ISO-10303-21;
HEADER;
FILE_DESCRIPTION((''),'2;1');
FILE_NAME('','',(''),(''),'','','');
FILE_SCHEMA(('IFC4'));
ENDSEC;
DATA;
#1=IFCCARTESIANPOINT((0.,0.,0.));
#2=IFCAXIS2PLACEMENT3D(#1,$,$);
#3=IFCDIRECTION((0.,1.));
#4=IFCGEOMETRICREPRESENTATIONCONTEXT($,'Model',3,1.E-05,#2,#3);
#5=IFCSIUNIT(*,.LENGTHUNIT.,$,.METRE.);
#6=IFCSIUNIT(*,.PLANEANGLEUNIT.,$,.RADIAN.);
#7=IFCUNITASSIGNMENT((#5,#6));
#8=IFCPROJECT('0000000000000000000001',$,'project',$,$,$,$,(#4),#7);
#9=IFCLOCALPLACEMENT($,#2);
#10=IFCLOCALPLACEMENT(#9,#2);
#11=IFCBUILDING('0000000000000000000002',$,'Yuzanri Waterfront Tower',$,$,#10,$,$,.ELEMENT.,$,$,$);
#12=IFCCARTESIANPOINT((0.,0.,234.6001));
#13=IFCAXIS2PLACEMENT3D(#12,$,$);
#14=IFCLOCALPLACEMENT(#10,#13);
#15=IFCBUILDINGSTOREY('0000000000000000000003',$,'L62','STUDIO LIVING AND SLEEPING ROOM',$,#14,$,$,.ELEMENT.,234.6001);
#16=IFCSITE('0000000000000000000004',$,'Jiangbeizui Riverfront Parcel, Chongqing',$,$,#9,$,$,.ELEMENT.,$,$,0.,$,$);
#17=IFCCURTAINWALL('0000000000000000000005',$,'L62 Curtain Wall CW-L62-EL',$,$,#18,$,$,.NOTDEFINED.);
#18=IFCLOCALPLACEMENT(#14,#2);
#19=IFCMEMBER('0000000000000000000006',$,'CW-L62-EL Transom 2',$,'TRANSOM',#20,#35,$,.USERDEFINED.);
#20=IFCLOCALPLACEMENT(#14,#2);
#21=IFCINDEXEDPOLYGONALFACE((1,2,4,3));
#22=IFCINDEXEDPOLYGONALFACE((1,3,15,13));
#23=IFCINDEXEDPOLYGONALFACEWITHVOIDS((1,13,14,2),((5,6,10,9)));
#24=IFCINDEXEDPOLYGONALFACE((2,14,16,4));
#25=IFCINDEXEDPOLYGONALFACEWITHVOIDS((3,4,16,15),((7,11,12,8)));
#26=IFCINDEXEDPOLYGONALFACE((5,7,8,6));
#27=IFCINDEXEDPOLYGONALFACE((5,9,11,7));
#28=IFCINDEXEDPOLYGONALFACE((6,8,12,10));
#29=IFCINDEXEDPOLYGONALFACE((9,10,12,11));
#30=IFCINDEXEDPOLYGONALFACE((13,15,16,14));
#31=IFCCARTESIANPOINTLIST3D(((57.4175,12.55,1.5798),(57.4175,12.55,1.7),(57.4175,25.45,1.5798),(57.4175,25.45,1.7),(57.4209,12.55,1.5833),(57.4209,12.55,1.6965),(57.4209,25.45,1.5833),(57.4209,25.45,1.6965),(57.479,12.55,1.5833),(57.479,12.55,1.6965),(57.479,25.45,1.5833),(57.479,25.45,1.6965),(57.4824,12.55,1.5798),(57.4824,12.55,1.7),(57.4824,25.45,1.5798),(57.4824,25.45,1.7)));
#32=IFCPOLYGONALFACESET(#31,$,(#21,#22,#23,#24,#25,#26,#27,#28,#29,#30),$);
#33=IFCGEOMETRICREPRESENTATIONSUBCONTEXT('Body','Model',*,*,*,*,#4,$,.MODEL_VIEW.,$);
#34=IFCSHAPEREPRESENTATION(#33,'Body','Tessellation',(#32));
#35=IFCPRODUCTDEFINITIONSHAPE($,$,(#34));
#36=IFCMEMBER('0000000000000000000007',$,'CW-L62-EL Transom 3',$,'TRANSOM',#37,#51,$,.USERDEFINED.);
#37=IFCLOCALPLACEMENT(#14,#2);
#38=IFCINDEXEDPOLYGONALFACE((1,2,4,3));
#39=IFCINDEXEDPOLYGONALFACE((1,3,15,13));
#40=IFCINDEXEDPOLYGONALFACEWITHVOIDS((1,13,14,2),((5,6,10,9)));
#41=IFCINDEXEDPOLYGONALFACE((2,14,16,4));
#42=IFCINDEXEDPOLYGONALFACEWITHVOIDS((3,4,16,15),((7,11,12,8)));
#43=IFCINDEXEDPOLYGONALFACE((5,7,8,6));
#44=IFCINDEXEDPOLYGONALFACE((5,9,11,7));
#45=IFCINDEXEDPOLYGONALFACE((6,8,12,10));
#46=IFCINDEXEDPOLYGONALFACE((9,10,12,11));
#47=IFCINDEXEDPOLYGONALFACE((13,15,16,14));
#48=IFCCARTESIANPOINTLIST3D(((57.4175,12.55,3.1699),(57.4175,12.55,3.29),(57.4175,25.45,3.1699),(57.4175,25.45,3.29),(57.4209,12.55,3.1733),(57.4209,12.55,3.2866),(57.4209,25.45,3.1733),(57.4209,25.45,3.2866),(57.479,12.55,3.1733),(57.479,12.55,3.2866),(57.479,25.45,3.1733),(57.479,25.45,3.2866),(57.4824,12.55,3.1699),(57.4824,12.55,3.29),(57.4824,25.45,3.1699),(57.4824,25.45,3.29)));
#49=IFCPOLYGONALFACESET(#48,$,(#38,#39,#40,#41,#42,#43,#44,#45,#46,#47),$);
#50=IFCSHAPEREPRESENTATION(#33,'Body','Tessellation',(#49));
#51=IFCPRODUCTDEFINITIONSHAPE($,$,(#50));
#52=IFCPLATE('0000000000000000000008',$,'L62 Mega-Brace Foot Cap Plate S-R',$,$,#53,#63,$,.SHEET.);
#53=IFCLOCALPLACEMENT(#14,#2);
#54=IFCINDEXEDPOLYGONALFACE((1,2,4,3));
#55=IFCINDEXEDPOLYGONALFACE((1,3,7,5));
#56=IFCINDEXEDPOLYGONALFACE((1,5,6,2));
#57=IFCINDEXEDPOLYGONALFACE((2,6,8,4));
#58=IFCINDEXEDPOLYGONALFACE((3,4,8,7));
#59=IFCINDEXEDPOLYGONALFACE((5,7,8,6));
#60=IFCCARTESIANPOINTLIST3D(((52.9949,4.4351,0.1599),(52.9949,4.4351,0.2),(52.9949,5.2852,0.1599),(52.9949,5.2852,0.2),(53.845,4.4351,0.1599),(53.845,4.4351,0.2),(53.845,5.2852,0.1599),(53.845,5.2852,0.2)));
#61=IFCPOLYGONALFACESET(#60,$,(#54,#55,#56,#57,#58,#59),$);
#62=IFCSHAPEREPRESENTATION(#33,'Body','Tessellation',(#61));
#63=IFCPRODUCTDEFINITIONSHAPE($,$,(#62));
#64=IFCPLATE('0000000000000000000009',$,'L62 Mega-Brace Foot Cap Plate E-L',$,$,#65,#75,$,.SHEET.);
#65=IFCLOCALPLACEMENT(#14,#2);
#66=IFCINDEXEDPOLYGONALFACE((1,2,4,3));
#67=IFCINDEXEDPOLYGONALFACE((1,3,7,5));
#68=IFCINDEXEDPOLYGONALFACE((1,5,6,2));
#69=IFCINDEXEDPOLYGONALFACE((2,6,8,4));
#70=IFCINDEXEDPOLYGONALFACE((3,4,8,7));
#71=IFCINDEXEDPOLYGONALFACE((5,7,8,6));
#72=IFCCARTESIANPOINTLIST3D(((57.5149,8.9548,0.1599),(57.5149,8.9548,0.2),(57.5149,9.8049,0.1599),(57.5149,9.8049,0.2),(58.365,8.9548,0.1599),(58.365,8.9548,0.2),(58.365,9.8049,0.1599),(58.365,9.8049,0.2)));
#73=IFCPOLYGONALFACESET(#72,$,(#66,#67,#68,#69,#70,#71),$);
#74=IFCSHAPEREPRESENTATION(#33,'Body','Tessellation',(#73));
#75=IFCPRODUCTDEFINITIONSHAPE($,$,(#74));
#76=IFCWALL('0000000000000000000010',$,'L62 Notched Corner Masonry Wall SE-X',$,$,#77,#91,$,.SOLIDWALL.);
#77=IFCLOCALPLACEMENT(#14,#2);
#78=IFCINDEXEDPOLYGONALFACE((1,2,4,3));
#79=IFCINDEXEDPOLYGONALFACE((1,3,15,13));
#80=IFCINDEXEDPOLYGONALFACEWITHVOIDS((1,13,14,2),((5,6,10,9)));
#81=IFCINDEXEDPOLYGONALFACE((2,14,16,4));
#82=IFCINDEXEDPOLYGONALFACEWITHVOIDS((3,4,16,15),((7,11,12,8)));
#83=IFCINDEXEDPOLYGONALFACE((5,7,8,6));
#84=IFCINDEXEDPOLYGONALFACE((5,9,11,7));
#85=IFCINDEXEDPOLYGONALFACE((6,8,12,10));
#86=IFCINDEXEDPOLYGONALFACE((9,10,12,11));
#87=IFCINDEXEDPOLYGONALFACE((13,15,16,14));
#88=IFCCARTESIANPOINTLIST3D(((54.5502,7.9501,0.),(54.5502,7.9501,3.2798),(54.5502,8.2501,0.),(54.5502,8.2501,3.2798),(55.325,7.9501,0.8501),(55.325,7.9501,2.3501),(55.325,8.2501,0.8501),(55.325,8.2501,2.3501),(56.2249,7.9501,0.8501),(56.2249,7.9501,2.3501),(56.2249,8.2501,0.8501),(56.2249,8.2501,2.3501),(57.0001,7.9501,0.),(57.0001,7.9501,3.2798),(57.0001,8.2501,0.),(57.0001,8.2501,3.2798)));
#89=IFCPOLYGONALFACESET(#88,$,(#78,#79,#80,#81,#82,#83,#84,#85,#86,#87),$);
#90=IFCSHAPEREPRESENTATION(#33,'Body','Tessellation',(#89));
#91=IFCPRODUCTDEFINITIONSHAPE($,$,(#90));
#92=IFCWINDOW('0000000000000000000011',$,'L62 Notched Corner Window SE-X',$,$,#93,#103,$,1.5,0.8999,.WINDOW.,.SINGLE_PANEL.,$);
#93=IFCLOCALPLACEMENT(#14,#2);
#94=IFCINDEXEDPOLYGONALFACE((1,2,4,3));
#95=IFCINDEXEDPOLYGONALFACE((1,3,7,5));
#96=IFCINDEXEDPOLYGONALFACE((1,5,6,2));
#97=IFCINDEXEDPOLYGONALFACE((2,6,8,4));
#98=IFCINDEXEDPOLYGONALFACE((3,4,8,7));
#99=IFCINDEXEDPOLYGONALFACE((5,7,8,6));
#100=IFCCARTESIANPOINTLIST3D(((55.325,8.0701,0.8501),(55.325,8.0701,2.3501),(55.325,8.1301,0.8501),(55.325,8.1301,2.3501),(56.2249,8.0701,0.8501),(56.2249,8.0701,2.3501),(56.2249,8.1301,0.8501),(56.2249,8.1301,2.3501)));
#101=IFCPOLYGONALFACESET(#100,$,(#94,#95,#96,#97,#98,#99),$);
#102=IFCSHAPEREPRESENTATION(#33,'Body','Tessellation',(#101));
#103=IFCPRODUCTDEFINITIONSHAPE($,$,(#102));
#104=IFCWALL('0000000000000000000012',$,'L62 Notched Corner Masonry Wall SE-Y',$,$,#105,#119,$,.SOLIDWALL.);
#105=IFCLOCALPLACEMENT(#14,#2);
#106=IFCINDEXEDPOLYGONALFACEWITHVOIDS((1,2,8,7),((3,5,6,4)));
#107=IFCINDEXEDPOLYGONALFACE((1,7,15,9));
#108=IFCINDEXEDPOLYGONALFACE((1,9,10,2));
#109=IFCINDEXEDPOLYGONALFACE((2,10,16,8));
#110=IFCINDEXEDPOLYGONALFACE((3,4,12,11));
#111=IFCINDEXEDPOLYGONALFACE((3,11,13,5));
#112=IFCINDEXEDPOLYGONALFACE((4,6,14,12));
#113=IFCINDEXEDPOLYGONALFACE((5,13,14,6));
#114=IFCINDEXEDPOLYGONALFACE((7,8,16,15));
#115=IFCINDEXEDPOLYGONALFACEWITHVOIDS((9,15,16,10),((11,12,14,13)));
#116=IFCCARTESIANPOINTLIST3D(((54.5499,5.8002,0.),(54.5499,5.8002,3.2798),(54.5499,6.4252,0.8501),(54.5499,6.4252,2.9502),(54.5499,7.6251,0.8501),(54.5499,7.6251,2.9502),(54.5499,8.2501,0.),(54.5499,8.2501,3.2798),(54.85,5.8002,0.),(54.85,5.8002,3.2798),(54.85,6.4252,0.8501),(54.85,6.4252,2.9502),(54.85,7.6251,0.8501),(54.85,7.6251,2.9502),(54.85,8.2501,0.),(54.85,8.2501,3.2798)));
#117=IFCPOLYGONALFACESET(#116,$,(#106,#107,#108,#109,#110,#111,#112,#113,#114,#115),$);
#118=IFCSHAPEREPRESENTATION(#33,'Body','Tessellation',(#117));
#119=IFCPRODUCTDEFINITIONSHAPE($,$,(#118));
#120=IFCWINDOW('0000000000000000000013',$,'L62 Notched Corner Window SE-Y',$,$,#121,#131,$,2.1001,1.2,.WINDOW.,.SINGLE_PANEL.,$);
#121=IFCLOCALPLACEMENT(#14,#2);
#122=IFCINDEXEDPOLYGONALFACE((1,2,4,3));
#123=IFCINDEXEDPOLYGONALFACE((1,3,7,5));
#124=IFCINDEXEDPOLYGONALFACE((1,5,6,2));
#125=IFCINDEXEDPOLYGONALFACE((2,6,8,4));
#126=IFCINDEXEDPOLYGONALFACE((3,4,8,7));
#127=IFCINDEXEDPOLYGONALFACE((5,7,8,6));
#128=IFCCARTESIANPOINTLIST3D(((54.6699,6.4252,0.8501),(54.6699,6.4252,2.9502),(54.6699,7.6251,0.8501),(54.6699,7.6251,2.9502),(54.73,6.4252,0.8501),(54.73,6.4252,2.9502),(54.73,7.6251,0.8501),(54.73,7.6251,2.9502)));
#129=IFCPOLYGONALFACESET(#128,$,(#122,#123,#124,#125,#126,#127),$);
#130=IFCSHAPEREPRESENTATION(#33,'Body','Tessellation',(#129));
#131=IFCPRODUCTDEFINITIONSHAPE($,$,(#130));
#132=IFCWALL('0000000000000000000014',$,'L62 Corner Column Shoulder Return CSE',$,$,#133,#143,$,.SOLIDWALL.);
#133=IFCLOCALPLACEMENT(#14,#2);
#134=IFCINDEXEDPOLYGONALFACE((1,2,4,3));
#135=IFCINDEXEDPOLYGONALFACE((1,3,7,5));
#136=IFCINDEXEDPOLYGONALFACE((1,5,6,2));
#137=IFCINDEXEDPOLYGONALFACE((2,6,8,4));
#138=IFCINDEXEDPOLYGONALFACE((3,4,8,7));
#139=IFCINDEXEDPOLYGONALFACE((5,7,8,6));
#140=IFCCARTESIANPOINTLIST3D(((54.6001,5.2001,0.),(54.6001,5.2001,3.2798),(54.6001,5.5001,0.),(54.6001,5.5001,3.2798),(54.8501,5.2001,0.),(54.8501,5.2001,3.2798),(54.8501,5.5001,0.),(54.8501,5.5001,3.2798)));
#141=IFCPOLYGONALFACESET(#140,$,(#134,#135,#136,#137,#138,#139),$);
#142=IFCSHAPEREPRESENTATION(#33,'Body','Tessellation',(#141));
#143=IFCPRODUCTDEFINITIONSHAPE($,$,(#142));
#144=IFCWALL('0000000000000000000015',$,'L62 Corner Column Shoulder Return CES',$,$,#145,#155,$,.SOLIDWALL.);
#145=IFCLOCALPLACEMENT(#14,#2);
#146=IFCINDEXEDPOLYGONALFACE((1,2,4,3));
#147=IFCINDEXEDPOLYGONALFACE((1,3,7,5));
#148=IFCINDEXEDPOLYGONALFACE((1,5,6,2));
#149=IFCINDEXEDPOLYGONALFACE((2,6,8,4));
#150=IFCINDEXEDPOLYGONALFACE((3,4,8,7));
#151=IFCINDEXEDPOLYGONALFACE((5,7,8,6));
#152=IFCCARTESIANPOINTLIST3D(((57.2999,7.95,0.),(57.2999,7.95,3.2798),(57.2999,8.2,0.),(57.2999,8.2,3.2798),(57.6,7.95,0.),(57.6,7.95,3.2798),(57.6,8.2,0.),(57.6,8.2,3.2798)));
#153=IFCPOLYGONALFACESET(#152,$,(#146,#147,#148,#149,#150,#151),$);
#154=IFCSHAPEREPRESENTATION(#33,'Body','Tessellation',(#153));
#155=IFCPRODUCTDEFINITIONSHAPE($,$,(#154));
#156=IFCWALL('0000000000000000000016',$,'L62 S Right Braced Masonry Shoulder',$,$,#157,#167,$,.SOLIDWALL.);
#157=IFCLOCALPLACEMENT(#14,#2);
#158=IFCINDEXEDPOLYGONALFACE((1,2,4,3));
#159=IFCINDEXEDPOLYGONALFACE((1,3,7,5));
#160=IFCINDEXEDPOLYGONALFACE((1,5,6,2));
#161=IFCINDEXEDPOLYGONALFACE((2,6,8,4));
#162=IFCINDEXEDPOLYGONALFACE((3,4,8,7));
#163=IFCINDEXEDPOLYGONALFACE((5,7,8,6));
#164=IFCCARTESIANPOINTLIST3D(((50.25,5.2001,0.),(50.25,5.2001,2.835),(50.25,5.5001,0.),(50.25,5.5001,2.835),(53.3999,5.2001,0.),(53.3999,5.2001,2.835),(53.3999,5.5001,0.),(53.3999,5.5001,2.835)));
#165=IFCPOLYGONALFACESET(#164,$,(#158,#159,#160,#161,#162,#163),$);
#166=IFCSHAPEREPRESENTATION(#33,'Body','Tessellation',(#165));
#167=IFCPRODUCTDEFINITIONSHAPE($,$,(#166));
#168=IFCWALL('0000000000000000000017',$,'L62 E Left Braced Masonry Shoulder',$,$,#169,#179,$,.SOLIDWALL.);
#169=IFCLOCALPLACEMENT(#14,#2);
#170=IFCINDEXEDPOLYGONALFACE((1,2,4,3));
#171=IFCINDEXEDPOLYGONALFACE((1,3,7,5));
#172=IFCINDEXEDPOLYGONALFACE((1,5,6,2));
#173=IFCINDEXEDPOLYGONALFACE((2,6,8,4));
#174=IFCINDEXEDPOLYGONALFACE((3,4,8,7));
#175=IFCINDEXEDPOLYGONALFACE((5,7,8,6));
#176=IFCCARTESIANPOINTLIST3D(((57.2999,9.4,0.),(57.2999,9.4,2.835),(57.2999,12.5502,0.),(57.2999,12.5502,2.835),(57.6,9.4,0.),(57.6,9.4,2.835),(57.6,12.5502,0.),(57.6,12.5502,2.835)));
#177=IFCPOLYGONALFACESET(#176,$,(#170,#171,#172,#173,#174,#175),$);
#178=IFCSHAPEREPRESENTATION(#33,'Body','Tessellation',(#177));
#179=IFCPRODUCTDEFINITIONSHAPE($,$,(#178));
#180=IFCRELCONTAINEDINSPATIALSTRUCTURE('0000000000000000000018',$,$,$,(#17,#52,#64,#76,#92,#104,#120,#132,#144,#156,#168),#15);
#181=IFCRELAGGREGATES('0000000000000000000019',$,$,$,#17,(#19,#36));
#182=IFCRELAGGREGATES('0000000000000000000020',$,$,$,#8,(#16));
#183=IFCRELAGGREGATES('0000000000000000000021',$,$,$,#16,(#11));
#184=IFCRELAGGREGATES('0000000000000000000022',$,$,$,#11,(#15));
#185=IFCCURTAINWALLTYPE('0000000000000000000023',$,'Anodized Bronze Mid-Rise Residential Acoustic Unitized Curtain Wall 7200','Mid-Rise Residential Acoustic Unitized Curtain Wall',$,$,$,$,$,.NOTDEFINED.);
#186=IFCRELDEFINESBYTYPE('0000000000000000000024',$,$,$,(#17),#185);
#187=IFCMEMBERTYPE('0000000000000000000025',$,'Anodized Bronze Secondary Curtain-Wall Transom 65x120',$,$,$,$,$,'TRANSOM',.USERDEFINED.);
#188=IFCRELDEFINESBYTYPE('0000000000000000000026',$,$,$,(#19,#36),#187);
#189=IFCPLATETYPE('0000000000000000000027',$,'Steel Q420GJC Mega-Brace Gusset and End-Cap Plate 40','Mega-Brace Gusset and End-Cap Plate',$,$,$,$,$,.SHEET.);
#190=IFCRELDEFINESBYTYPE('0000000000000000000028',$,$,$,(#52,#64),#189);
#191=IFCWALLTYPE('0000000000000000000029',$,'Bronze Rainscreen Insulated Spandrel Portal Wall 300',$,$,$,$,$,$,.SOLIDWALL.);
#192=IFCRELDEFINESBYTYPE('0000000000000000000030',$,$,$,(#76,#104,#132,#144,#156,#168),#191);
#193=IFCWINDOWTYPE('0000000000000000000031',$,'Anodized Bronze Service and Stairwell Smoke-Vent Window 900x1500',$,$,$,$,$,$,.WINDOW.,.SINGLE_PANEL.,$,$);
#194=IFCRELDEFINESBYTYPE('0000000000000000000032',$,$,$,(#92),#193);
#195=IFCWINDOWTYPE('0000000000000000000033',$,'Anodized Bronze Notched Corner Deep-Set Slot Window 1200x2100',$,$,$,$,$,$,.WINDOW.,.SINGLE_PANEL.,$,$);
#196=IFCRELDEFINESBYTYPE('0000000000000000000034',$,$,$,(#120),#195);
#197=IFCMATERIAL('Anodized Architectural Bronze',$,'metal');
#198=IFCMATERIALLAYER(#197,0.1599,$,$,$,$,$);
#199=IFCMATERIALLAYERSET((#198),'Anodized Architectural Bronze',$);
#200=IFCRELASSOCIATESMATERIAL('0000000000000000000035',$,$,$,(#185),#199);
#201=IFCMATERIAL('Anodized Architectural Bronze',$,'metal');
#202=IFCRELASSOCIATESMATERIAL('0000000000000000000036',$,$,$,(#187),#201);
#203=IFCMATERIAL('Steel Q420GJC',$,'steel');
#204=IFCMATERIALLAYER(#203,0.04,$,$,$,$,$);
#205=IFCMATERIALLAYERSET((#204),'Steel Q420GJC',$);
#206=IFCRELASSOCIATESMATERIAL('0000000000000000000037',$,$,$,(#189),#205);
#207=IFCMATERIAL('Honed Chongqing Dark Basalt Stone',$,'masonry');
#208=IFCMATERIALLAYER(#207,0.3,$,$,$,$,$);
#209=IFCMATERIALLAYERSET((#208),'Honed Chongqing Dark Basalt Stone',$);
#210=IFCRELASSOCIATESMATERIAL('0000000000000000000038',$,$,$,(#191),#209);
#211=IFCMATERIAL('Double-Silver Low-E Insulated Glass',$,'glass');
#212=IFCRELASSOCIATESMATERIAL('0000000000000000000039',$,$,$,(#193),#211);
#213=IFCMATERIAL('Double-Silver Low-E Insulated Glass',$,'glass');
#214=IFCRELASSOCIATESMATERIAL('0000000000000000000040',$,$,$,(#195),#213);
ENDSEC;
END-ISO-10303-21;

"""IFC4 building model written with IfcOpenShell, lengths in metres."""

from ifc_helpers import new_model, si_unit, direction, frame, frame_2d, origin, origin_2d, place, context, subcontext, project, spatial, rectangle, hollow_rectangle, extrude, source, transform, mapped, material, layer, layer_set, material_profile, profile_set, type_object, element, fill, aggregate, save


model = new_model("IFC4")

# Units and contexts
model_context = context("Model", 3, precision=1e-05, world=origin(), true_north=direction((0.0, 1.0)))
body_context = subcontext(model_context, "Body", "Model", "MODEL_VIEW")
ifc_project = project(units=[si_unit("LENGTHUNIT", "METRE"), si_unit("PLANEANGLEUNIT", "RADIAN")], contexts=[model_context])

# Site, building, storey
site_placement = place(None, origin())
site = spatial("IfcSite", under=ifc_project, at=site_placement, Name="Jiangbeizui Riverfront Parcel, Chongqing", CompositionType="ELEMENT", RefElevation=0.0)
building_placement = place(site_placement, origin())
building = spatial("IfcBuilding", under=site, at=building_placement, Name="Yuzanri Waterfront Tower", CompositionType="ELEMENT")
storey_placement = place(building_placement, frame((0.0, 0.0, 234.6001)))
storey = spatial("IfcBuildingStorey", under=building, at=storey_placement, Name="L62", Description="STUDIO LIVING AND SLEEPING ROOM", CompositionType="ELEMENT", Elevation=234.6001)

# Curtain wall, members
ifc_material_1 = material(Name="Anodized Architectural Bronze", Category="metal")
ifc_layer_1 = layer(ifc_material_1, 0.1599)
ifc_layer_set_1 = layer_set([ifc_layer_1], Name="Anodized Architectural Bronze")
curtain_wall_type = type_object("IfcCurtainWallType", Name="Anodized Bronze Mid-Rise Residential Acoustic Unitized Curtain Wall 7200", Description="Mid-Rise Residential Acoustic Unitized Curtain Wall", PredefinedType="NOTDEFINED", material=ifc_layer_set_1)
curtain_wall_1_placement = place(storey_placement, origin())
curtain_wall_1 = element("IfcCurtainWall", 1, at=curtain_wall_1_placement, inside=storey, type_object=curtain_wall_type, Name="L62 Curtain Wall CW-L62-EL", PredefinedType="NOTDEFINED")
ifc_material_2 = material(Name="Anodized Architectural Bronze", Category="metal")
ifc_material_profile_1 = material_profile(ifc_material_2, hollow_rectangle(XDim=0.0649, YDim=0.1201, WallThickness=0.0034, at=origin_2d()), Name="CWT 65x120")
ifc_profile_set_1 = profile_set([ifc_material_profile_1], Name="Anodized Architectural Bronze")
member_type_1 = type_object("IfcMemberType", Name="Anodized Bronze Secondary Curtain-Wall Transom 65x120", ElementType="TRANSOM", PredefinedType="USERDEFINED", material=ifc_profile_set_1)
shared_shape_1 = source(origin(), body_context, "Body", "SweptSolid", [
    extrude(hollow_rectangle(XDim=0.0649, YDim=0.1201, WallThickness=0.0034, at=origin_2d()), origin(), (0.0, 0.0, 1.0), 12.8999),
])
member_1_placement = place(storey_placement, frame((57.45, 12.55, 1.6399), z_axis=(0.0, 1.0, 0.0), x_axis=(-1.0, 0.0, 0.0)))
member_1 = element("IfcMember", 2, at=member_1_placement, type_object=member_type_1, Name="CW-L62-EL Transom 2", ObjectType="TRANSOM", PredefinedType="USERDEFINED", context=body_context, shape_type="MappedRepresentation", body=[
    mapped(shared_shape_1, transform((0.0, 0.0, 0.0), scale=1.0)),
])
member_2_placement = place(storey_placement, frame((57.45, 12.55, 3.23), z_axis=(0.0, 1.0, 0.0), x_axis=(-1.0, 0.0, 0.0)))
member_2 = element("IfcMember", 3, at=member_2_placement, type_object=member_type_1, Name="CW-L62-EL Transom 3", ObjectType="TRANSOM", PredefinedType="USERDEFINED", context=body_context, shape_type="MappedRepresentation", body=[
    mapped(shared_shape_1, transform((0.0, 0.0, 0.0), scale=1.0)),
])
aggregate(curtain_wall_1, [member_1, member_2])

# Plates
ifc_material_3 = material(Name="Steel Q420GJC", Category="steel")
ifc_layer_2 = layer(ifc_material_3, 0.04)
ifc_layer_set_2 = layer_set([ifc_layer_2], Name="Steel Q420GJC")
plate_type = type_object("IfcPlateType", Name="Steel Q420GJC Mega-Brace Gusset and End-Cap Plate 40", Description="Mega-Brace Gusset and End-Cap Plate", PredefinedType="SHEET", material=ifc_layer_set_2)
shared_shape_2 = source(origin(), body_context, "Body", "SweptSolid", [
    extrude(rectangle(XDim=0.8501, YDim=0.8501, at=origin_2d()), origin(), (0.0, 0.0, 1.0), 0.04),
])
for number, where, z_axis, x_axis, name in (
    (4, (53.4199, 4.8601, 0.1599), (0.0, 0.0, 1.0), (1.0, 0.0, 0.0), "L62 Mega-Brace Foot Cap Plate S-R"),
    (5, (57.9399, 9.3799, 0.1599), (0.0, 0.0, 1.0), (1.0, 0.0, 0.0), "L62 Mega-Brace Foot Cap Plate E-L"),
):
    element("IfcPlate", number, at=place(storey_placement, frame(where, z_axis=z_axis, x_axis=x_axis)), inside=storey, type_object=plate_type, Name=name, PredefinedType="SHEET", context=body_context, shape_type="MappedRepresentation", body=[
        mapped(shared_shape_2, transform((0.0, 0.0, 0.0), scale=1.0)),
    ])

# Walls, openings, windows
ifc_material_4 = material(Name="Honed Chongqing Dark Basalt Stone", Category="masonry")
ifc_layer_3 = layer(ifc_material_4, 0.3)
ifc_layer_set_3 = layer_set([ifc_layer_3], Name="Honed Chongqing Dark Basalt Stone")
wall_type_1 = type_object("IfcWallType", Name="Bronze Rainscreen Insulated Spandrel Portal Wall 300", PredefinedType="SOLIDWALL", material=ifc_layer_set_3)
wall_1_placement = place(storey_placement, frame((54.55, 8.1001, 0.0), z_axis=(0.0, 0.0, 1.0), x_axis=(1.0, 0.0, 0.0)))
wall_1 = element("IfcWall", 6, at=wall_1_placement, inside=storey, type_object=wall_type_1, Name="L62 Notched Corner Masonry Wall SE-X", PredefinedType="SOLIDWALL", context=body_context, shape_type="SweptSolid", body=[
    extrude(rectangle(XDim=2.45, YDim=0.3, at=frame_2d((1.2251, 0.0))), origin(), (0.0, 0.0, 1.0), 3.2798),
])
opening_1_placement = place(wall_1_placement, frame((0.7749, 0.0, 0.8501)))
opening_1 = element("IfcOpeningElement", 7, at=opening_1_placement, cuts=wall_1, PredefinedType="OPENING", context=body_context, shape_type="SweptSolid", body=[
    extrude(rectangle(XDim=0.8999, YDim=1.5, at=frame_2d((0.45, 0.75))), frame((0.0, 0.165, 0.0), z_axis=(0.0, -1.0, 0.0), x_axis=(1.0, 0.0, 0.0)), (0.0, 0.0, 1.0), 0.3298),
])
ifc_material_5 = material(Name="Double-Silver Low-E Insulated Glass", Category="glass")
window_type_1 = type_object("IfcWindowType", Name="Anodized Bronze Service and Stairwell Smoke-Vent Window 900x1500", PartitioningType="SINGLE_PANEL", PredefinedType="WINDOW", material=ifc_material_5)
shared_shape_3 = source(origin(), body_context, "Body", "SweptSolid", [
    extrude(rectangle(XDim=0.8999, YDim=1.5, at=frame_2d((0.45, 0.75))), frame((0.0, 0.03, 0.0), z_axis=(0.0, -1.0, 0.0), x_axis=(1.0, 0.0, 0.0)), (0.0, 0.0, 1.0), 0.0601),
])
window_1_placement = place(opening_1_placement, origin())
window_1 = element("IfcWindow", 8, at=window_1_placement, inside=storey, type_object=window_type_1, Name="L62 Notched Corner Window SE-X", OverallHeight=1.5, OverallWidth=0.8999, PartitioningType="SINGLE_PANEL", PredefinedType="WINDOW", context=body_context, shape_type="MappedRepresentation", body=[
    mapped(shared_shape_3, transform((0.0, 0.0, 0.0), scale=1.0)),
])
fill(opening_1, window_1)
wall_2_placement = place(storey_placement, frame((54.7, 5.8, 0.0), z_axis=(0.0, 0.0, 1.0), x_axis=(0.0, 1.0, 0.0)))
wall_2 = element("IfcWall", 9, at=wall_2_placement, inside=storey, type_object=wall_type_1, Name="L62 Notched Corner Masonry Wall SE-Y", PredefinedType="SOLIDWALL", context=body_context, shape_type="SweptSolid", body=[
    extrude(rectangle(XDim=2.45, YDim=0.3, at=frame_2d((1.2251, 0.0))), origin(), (0.0, 0.0, 1.0), 3.2798),
])
opening_2_placement = place(wall_2_placement, frame((0.625, 0.0, 0.8501)))
opening_2 = element("IfcOpeningElement", 10, at=opening_2_placement, cuts=wall_2, PredefinedType="OPENING", context=body_context, shape_type="SweptSolid", body=[
    extrude(rectangle(XDim=1.2, YDim=2.1001, at=frame_2d((0.6001, 1.05))), frame((0.0, 0.165, 0.0), z_axis=(0.0, -1.0, 0.0), x_axis=(1.0, 0.0, 0.0)), (0.0, 0.0, 1.0), 0.3298),
])
ifc_material_6 = material(Name="Double-Silver Low-E Insulated Glass", Category="glass")
window_type_2 = type_object("IfcWindowType", Name="Anodized Bronze Notched Corner Deep-Set Slot Window 1200x2100", PartitioningType="SINGLE_PANEL", PredefinedType="WINDOW", material=ifc_material_6)
shared_shape_4 = source(origin(), body_context, "Body", "SweptSolid", [
    extrude(rectangle(XDim=1.2, YDim=2.1001, at=frame_2d((0.6001, 1.05))), frame((0.0, 0.03, 0.0), z_axis=(0.0, -1.0, 0.0), x_axis=(1.0, 0.0, 0.0)), (0.0, 0.0, 1.0), 0.0601),
])
window_2_placement = place(opening_2_placement, origin())
window_2 = element("IfcWindow", 11, at=window_2_placement, inside=storey, type_object=window_type_2, Name="L62 Notched Corner Window SE-Y", OverallHeight=2.1001, OverallWidth=1.2, PartitioningType="SINGLE_PANEL", PredefinedType="WINDOW", context=body_context, shape_type="MappedRepresentation", body=[
    mapped(shared_shape_4, transform((0.0, 0.0, 0.0), scale=1.0)),
])
fill(opening_2, window_2)

# Walls
shared_shape_5 = source(origin(), body_context, "Body", "SweptSolid", [
    extrude(rectangle(XDim=0.25, YDim=0.3, at=frame_2d((0.125, 0.0))), origin(), (0.0, 0.0, 1.0), 3.2798),
])
for number, where, z_axis, x_axis, name in (
    (12, (54.6001, 5.3501, 0.0), (0.0, 0.0, 1.0), (1.0, 0.0, 0.0), "L62 Corner Column Shoulder Return CSE"),
    (13, (57.45, 7.95, 0.0), (0.0, 0.0, 1.0), (0.0, 1.0, 0.0), "L62 Corner Column Shoulder Return CES"),
):
    element("IfcWall", number, at=place(storey_placement, frame(where, z_axis=z_axis, x_axis=x_axis)), inside=storey, type_object=wall_type_1, Name=name, PredefinedType="SOLIDWALL", context=body_context, shape_type="MappedRepresentation", body=[
        mapped(shared_shape_5, transform((0.0, 0.0, 0.0), scale=1.0)),
    ])
shared_shape_6 = source(origin(), body_context, "Body", "SweptSolid", [
    extrude(rectangle(XDim=3.1499, YDim=0.3, at=frame_2d((1.575, 0.0))), origin(), (0.0, 0.0, 1.0), 2.835),
])
wall_3_placement = place(storey_placement, frame((50.25, 5.3501, 0.0), z_axis=(0.0, 0.0, 1.0), x_axis=(1.0, 0.0, 0.0)))
element("IfcWall", 14, at=wall_3_placement, inside=storey, type_object=wall_type_1, Name="L62 S Right Braced Masonry Shoulder", PredefinedType="SOLIDWALL", context=body_context, shape_type="MappedRepresentation", body=[
    mapped(shared_shape_6, transform((0.0, 0.0, 0.0), scale=1.0)),
])
shared_shape_7 = source(origin(), body_context, "Body", "SweptSolid", [
    extrude(rectangle(XDim=3.1501, YDim=0.3, at=frame_2d((1.5752, 0.0))), origin(), (0.0, 0.0, 1.0), 2.835),
])
wall_4_placement = place(storey_placement, frame((57.45, 9.3999, 0.0), z_axis=(0.0, 0.0, 1.0), x_axis=(0.0, 1.0, 0.0)))
element("IfcWall", 15, at=wall_4_placement, inside=storey, type_object=wall_type_1, Name="L62 E Left Braced Masonry Shoulder", PredefinedType="SOLIDWALL", context=body_context, shape_type="MappedRepresentation", body=[
    mapped(shared_shape_7, transform((0.0, 0.0, 0.0), scale=1.0)),
])

save(model, "model.ifc")
